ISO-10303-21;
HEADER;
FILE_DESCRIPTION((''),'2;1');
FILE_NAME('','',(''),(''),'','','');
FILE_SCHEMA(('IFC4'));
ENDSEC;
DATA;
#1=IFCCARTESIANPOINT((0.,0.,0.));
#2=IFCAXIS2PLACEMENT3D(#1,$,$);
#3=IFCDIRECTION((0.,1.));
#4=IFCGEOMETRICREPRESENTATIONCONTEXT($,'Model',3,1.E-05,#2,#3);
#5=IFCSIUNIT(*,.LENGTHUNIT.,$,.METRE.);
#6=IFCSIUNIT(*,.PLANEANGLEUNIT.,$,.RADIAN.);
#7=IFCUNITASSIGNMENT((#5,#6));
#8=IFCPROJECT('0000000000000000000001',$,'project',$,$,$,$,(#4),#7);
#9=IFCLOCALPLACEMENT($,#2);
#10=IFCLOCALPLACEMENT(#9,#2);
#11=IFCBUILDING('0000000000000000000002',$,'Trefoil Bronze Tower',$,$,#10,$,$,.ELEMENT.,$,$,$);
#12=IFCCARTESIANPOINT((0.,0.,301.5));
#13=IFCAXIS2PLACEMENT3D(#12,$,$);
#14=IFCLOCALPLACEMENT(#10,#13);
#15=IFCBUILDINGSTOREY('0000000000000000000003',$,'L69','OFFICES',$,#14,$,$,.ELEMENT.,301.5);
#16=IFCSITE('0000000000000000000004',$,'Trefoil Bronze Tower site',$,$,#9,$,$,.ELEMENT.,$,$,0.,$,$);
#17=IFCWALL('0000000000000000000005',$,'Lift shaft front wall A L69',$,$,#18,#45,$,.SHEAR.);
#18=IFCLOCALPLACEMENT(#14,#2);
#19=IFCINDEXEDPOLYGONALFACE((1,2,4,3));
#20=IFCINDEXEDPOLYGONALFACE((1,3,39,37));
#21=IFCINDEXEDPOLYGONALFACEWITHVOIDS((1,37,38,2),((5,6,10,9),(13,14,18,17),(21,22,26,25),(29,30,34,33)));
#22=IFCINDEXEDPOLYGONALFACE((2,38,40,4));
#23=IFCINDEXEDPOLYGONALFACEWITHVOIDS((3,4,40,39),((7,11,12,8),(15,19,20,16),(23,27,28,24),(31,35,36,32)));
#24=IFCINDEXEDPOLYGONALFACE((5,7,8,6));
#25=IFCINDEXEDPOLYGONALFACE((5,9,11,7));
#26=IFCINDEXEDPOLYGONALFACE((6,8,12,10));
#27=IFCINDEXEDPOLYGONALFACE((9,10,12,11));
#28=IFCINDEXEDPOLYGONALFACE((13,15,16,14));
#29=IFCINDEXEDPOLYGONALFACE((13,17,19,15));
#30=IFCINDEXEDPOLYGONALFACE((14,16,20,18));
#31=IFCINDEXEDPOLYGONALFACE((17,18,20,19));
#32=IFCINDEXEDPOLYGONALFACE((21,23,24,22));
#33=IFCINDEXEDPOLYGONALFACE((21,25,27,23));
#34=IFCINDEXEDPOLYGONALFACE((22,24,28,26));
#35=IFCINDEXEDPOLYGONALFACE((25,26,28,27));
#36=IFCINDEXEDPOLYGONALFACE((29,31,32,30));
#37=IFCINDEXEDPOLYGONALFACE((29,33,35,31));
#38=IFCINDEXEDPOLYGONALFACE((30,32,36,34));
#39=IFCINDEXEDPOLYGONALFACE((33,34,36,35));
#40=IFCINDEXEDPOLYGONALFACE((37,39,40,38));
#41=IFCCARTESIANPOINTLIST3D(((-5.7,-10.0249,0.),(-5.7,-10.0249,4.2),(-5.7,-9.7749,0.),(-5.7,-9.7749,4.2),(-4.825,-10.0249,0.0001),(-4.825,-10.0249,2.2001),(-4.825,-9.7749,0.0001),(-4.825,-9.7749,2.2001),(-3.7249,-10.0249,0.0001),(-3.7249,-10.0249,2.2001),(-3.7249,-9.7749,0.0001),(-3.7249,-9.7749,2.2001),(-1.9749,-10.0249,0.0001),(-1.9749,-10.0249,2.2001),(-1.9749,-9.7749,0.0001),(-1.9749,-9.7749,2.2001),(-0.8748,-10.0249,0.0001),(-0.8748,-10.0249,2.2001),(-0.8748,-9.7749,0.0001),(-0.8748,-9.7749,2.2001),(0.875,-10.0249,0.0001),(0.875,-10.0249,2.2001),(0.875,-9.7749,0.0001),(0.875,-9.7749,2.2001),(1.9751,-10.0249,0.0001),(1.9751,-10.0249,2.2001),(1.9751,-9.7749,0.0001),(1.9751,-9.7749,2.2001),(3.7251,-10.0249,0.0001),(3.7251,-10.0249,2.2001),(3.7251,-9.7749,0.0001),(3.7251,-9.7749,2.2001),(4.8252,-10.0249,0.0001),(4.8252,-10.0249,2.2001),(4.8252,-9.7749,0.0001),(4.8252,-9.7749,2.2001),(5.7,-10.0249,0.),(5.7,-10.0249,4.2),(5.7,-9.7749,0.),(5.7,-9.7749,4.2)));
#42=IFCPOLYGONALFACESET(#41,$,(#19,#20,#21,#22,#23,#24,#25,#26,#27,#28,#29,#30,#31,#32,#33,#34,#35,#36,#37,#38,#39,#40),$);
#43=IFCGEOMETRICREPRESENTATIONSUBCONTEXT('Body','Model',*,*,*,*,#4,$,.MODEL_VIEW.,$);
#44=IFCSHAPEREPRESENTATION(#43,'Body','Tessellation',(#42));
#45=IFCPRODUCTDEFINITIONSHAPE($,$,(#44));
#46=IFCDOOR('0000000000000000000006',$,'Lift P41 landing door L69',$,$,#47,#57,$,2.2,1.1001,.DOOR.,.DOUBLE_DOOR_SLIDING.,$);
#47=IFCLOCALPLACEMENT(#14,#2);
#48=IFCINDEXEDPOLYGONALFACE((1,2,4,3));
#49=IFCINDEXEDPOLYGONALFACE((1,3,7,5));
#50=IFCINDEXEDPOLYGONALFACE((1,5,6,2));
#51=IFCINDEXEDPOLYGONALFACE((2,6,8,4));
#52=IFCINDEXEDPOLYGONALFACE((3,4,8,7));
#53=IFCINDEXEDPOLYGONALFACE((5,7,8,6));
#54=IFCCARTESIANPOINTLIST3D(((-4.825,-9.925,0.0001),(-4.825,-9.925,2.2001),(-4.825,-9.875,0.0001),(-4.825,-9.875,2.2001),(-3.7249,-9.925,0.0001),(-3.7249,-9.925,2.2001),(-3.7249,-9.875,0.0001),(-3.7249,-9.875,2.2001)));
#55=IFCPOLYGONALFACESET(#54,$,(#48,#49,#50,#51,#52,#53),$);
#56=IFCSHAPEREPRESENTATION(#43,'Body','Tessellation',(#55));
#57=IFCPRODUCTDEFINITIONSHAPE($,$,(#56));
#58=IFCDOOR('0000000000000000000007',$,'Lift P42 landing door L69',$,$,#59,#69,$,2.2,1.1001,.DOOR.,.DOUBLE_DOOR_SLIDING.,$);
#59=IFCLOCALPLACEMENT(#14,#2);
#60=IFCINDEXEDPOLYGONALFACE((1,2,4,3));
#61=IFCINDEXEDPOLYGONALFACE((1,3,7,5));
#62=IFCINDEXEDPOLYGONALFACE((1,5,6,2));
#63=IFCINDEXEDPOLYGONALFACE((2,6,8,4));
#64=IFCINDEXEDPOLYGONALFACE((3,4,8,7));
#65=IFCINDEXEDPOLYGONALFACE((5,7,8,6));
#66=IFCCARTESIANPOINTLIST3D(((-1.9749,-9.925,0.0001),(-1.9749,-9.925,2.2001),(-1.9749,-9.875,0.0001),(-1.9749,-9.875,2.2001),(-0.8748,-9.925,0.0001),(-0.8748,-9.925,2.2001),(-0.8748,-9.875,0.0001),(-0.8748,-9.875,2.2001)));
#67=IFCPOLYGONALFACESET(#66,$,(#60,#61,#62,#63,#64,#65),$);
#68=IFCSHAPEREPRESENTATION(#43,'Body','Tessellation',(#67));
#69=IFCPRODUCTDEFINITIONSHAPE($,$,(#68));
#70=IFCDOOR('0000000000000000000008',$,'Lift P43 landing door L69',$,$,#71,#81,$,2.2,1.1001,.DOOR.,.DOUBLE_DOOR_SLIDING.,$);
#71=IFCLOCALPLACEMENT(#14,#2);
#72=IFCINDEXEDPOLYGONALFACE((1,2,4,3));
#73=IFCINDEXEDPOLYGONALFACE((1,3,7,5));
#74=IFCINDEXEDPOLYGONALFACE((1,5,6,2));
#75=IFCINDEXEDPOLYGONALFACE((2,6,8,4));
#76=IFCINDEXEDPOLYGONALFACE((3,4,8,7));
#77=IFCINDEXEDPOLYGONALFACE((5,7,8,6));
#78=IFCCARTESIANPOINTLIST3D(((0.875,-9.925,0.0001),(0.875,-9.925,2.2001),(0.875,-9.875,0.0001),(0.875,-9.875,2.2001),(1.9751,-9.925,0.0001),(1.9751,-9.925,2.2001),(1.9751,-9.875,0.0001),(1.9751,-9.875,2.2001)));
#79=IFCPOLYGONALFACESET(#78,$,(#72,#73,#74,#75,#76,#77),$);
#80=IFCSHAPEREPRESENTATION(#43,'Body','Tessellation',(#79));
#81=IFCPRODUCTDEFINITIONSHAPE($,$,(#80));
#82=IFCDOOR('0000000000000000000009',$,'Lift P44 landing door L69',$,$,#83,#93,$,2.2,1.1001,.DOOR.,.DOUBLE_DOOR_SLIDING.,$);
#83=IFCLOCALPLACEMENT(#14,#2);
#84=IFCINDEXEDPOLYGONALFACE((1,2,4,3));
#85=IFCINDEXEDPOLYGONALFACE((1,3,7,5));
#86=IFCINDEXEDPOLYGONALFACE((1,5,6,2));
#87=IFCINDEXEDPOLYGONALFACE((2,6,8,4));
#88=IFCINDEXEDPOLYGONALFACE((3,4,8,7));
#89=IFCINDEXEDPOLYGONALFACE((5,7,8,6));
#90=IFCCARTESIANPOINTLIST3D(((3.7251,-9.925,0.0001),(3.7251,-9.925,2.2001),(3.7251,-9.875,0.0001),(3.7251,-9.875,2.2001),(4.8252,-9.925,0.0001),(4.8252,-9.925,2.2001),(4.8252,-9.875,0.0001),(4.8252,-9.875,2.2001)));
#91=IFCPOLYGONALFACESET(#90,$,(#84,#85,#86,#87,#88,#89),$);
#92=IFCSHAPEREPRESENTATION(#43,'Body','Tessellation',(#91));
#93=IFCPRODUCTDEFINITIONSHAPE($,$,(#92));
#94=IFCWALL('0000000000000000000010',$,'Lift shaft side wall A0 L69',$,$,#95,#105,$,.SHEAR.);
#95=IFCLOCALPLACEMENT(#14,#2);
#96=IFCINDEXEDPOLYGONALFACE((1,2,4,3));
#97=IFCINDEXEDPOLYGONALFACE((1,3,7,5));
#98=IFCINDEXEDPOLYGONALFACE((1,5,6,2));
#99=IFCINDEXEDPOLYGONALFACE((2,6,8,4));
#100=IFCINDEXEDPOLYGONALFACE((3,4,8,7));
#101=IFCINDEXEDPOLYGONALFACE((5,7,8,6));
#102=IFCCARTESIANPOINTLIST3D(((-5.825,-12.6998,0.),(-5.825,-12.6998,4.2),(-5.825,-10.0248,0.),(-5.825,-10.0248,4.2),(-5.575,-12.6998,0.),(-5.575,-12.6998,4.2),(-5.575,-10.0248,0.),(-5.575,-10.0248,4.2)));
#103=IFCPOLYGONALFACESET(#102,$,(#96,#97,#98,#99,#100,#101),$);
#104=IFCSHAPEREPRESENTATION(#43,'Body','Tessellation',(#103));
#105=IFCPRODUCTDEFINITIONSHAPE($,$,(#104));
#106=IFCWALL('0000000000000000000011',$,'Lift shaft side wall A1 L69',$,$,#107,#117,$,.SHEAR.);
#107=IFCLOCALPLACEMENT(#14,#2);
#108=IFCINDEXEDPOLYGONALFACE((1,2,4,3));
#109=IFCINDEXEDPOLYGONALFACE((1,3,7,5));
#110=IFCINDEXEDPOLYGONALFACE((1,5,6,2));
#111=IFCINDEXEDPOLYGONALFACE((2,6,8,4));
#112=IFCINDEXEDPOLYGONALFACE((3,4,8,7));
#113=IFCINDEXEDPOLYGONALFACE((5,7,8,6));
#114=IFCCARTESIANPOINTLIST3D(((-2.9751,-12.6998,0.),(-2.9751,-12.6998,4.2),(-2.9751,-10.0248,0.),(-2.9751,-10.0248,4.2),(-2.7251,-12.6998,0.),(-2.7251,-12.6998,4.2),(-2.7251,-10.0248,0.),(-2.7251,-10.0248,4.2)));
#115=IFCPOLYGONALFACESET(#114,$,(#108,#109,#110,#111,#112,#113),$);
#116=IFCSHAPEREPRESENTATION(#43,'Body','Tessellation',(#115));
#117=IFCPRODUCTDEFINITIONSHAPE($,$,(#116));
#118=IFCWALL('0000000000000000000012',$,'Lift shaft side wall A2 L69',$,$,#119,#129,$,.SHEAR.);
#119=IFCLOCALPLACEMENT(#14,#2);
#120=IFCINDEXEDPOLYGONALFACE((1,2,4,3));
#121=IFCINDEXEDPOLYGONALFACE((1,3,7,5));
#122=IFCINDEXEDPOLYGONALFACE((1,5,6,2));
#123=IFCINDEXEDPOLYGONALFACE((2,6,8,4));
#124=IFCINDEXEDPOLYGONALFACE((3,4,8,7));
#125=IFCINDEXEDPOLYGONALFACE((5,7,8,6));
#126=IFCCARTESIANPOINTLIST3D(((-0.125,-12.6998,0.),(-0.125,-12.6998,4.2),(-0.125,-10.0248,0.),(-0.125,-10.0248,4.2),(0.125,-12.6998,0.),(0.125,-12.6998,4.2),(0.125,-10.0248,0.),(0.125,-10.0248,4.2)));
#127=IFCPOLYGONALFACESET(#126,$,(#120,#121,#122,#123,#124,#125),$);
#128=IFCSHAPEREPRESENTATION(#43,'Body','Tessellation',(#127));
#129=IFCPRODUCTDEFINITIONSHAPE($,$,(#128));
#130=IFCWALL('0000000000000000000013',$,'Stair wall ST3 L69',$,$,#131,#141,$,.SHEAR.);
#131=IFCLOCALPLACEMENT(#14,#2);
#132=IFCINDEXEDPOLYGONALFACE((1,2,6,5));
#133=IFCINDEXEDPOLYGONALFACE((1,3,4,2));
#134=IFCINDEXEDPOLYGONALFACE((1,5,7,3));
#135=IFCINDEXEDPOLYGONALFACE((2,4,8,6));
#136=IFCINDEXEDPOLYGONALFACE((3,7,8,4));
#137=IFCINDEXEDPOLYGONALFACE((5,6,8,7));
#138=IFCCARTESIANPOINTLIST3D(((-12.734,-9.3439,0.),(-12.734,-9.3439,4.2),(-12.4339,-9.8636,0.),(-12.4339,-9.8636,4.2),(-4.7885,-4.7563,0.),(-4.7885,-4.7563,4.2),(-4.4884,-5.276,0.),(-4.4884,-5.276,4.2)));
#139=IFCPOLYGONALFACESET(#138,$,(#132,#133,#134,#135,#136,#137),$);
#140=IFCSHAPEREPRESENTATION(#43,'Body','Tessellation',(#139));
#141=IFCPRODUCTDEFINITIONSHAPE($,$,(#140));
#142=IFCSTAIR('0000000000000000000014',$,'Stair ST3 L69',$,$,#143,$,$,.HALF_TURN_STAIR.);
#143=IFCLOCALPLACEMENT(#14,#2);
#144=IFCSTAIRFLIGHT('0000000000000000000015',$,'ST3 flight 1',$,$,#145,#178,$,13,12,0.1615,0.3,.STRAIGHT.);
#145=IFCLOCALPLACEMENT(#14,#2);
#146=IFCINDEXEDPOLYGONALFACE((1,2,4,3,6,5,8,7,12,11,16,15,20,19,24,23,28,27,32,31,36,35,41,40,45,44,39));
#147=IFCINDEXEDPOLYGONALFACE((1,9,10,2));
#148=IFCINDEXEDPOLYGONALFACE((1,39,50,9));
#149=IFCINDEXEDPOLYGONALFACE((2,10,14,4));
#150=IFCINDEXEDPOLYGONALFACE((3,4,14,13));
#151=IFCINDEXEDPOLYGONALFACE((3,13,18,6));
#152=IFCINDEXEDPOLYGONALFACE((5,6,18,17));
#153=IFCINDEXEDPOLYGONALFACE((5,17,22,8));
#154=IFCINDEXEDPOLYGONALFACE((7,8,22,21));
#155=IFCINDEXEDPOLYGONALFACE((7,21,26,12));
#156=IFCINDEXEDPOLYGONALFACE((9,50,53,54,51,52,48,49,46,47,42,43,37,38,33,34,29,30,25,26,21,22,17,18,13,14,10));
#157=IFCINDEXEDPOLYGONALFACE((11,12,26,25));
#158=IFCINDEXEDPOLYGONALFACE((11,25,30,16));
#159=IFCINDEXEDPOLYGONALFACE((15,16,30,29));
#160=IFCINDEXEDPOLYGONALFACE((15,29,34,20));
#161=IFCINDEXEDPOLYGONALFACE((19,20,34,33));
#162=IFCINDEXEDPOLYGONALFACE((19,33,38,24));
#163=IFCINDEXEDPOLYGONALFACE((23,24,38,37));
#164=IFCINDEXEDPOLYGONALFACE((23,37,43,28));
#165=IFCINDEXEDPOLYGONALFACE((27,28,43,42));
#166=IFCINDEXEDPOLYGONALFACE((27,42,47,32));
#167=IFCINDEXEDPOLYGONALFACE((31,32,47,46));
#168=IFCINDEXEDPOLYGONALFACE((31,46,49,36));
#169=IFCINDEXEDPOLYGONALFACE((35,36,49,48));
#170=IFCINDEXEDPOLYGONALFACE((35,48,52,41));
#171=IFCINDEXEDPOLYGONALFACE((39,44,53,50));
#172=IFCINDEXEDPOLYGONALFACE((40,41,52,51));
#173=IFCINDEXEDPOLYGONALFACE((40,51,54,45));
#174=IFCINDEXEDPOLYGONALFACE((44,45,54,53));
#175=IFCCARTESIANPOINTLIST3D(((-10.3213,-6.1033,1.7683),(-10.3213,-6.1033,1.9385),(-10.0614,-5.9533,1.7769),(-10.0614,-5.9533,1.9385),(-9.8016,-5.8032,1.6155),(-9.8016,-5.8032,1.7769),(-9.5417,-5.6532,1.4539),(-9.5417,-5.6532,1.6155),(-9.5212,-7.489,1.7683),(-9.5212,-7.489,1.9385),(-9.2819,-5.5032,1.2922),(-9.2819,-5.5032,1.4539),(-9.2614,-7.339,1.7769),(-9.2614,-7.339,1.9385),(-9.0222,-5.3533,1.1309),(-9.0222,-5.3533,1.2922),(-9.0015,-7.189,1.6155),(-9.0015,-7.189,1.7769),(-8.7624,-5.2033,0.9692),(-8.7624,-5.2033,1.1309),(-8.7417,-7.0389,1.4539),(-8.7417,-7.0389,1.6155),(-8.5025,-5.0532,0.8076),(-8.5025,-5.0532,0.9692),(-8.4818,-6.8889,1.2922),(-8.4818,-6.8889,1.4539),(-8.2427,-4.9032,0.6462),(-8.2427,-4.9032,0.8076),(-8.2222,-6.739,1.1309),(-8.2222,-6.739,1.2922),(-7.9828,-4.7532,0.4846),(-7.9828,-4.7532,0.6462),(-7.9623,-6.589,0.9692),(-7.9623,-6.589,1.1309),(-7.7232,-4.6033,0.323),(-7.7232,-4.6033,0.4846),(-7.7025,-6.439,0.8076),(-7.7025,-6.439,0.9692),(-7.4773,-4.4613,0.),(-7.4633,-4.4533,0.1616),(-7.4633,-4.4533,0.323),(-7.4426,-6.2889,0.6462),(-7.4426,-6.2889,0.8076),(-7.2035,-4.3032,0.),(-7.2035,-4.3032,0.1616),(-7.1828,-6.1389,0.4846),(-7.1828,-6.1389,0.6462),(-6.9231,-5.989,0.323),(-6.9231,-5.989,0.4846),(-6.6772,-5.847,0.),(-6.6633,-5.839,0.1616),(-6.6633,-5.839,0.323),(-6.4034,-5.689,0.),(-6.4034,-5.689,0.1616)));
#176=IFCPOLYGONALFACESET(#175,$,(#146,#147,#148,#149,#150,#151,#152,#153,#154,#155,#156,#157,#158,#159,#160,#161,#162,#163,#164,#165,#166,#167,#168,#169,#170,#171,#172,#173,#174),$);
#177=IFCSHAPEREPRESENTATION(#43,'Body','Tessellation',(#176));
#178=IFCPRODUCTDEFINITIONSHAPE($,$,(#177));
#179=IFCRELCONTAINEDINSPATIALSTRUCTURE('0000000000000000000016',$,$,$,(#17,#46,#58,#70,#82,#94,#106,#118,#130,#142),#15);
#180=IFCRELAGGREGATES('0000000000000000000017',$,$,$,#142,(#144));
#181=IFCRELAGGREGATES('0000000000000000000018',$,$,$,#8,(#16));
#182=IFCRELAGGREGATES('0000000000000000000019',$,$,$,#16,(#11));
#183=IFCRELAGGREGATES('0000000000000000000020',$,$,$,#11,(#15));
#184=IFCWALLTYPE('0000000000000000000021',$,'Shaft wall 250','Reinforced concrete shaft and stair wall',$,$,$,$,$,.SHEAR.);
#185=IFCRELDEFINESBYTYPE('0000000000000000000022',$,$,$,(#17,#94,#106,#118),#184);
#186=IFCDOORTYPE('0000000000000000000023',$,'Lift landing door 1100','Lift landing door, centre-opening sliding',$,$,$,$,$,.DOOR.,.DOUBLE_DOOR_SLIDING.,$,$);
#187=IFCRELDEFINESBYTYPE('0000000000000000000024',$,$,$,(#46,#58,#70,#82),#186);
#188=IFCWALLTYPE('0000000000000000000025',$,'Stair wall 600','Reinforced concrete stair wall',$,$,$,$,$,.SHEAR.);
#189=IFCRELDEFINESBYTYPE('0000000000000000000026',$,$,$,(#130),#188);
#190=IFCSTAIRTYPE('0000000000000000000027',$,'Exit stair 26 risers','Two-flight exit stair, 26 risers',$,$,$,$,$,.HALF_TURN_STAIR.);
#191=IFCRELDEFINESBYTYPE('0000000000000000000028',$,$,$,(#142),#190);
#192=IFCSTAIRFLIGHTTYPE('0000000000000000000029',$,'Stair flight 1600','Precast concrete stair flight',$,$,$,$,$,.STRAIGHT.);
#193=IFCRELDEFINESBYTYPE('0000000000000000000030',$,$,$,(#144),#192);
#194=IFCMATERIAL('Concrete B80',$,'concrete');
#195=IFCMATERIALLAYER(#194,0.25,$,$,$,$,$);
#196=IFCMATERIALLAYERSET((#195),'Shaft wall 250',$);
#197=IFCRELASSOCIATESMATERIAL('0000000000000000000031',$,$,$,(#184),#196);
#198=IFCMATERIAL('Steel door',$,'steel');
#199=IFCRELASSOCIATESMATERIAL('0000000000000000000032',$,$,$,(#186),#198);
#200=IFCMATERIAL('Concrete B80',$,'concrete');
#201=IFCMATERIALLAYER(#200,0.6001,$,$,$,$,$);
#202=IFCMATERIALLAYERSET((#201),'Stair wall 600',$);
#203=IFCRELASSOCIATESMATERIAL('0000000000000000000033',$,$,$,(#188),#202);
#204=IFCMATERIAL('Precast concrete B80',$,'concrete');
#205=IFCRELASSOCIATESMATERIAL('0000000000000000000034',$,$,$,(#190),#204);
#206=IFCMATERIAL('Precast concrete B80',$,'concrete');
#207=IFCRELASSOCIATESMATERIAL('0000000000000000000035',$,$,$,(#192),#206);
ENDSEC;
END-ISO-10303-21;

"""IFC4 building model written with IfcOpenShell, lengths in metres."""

from ifc_helpers import new_model, si_unit, direction, frame, frame_2d, origin, place, context, subcontext, project, spatial, polyline, rectangle, outline, extrude, material, layer, layer_set, type_object, element, fill, aggregate, save


model = new_model("IFC4")

# Units and contexts
model_context = context("Model", 3, precision=1e-05, world=origin(), true_north=direction((0.0, 1.0)))
body_context = subcontext(model_context, "Body", "Model", "MODEL_VIEW")
ifc_project = project(units=[si_unit("LENGTHUNIT", "METRE"), si_unit("PLANEANGLEUNIT", "RADIAN")], contexts=[model_context])

# Site, building, storey
site_placement = place(None, origin())
site = spatial("IfcSite", under=ifc_project, at=site_placement, Name="Trefoil Bronze Tower site", CompositionType="ELEMENT", RefElevation=0.0)
building_placement = place(site_placement, origin())
building = spatial("IfcBuilding", under=site, at=building_placement, Name="Trefoil Bronze Tower", CompositionType="ELEMENT")
storey_placement = place(building_placement, frame((0.0, 0.0, 301.5)))
storey = spatial("IfcBuildingStorey", under=building, at=storey_placement, Name="L69", Description="OFFICES", CompositionType="ELEMENT", Elevation=301.5)

# Wall, openings, doors
ifc_material_1 = material(Name="Concrete B80", Category="concrete")
ifc_layer_1 = layer(ifc_material_1, 0.25)
ifc_layer_set_1 = layer_set([ifc_layer_1], Name="Shaft wall 250")
wall_type_1 = type_object("IfcWallType", Name="Shaft wall 250", Description="Reinforced concrete shaft and stair wall", PredefinedType="SHEAR", material=ifc_layer_set_1)
wall_1_placement = place(storey_placement, frame((-5.7, -9.8999, 0.0), z_axis=(0.0, 0.0, 1.0), x_axis=(1.0, 0.0, 0.0)))
wall_1 = element("IfcWall", 1, at=wall_1_placement, inside=storey, type_object=wall_type_1, Name="Lift shaft front wall A L69", PredefinedType="SHEAR", context=body_context, shape_type="SweptSolid", body=[
    extrude(rectangle(XDim=11.3999, YDim=0.25, at=frame_2d((5.7, 0.0))), origin(), (0.0, 0.0, 1.0), 4.2),
])
opening_1_placement = place(wall_1_placement, frame((0.875, 0.0, 0.0)))
opening_1 = element("IfcOpeningElement", 2, at=opening_1_placement, cuts=wall_1, PredefinedType="OPENING", context=body_context, shape_type="SweptSolid", body=[
    extrude(rectangle(XDim=1.1001, YDim=2.2, at=frame_2d((0.55, 1.1001))), frame((0.0, 0.135, 0.0), z_axis=(0.0, -1.0, 0.0), x_axis=(1.0, 0.0, 0.0)), (0.0, 0.0, 1.0), 0.27),
])
opening_2_placement = place(wall_1_placement, frame((3.7251, 0.0, 0.0)))
opening_2 = element("IfcOpeningElement", 3, at=opening_2_placement, cuts=wall_1, PredefinedType="OPENING", context=body_context, shape_type="SweptSolid", body=[
    extrude(rectangle(XDim=1.1001, YDim=2.2, at=frame_2d((0.55, 1.1001))), frame((0.0, 0.135, 0.0), z_axis=(0.0, -1.0, 0.0), x_axis=(1.0, 0.0, 0.0)), (0.0, 0.0, 1.0), 0.27),
])
opening_3_placement = place(wall_1_placement, frame((6.575, 0.0, 0.0)))
opening_3 = element("IfcOpeningElement", 4, at=opening_3_placement, cuts=wall_1, PredefinedType="OPENING", context=body_context, shape_type="SweptSolid", body=[
    extrude(rectangle(XDim=1.1001, YDim=2.2, at=frame_2d((0.55, 1.1001))), frame((0.0, 0.135, 0.0), z_axis=(0.0, -1.0, 0.0), x_axis=(1.0, 0.0, 0.0)), (0.0, 0.0, 1.0), 0.27),
])
opening_4_placement = place(wall_1_placement, frame((9.425, 0.0, 0.0)))
opening_4 = element("IfcOpeningElement", 5, at=opening_4_placement, cuts=wall_1, PredefinedType="OPENING", context=body_context, shape_type="SweptSolid", body=[
    extrude(rectangle(XDim=1.1001, YDim=2.2, at=frame_2d((0.55, 1.1001))), frame((0.0, 0.135, 0.0), z_axis=(0.0, -1.0, 0.0), x_axis=(1.0, 0.0, 0.0)), (0.0, 0.0, 1.0), 0.27),
])
ifc_material_2 = material(Name="Steel door", Category="steel")
door_type_1 = type_object("IfcDoorType", Name="Lift landing door 1100", Description="Lift landing door, centre-opening sliding", OperationType="DOUBLE_DOOR_SLIDING", PredefinedType="DOOR", material=ifc_material_2)
door_1_placement = place(opening_1_placement, origin())
door_1 = element("IfcDoor", 6, at=door_1_placement, inside=storey, type_object=door_type_1, Name="Lift P41 landing door L69", OperationType="DOUBLE_DOOR_SLIDING", OverallHeight=2.2, OverallWidth=1.1001, PredefinedType="DOOR", context=body_context, shape_type="SweptSolid", body=[
    extrude(rectangle(XDim=1.1001, YDim=2.2, at=frame_2d((0.55, 1.1001))), frame((0.0, 0.0249, 0.0), z_axis=(0.0, -1.0, 0.0), x_axis=(1.0, 0.0, 0.0)), (0.0, 0.0, 1.0), 0.05),
])
fill(opening_1, door_1)
door_2_placement = place(opening_2_placement, origin())
door_2 = element("IfcDoor", 7, at=door_2_placement, inside=storey, type_object=door_type_1, Name="Lift P42 landing door L69", OperationType="DOUBLE_DOOR_SLIDING", OverallHeight=2.2, OverallWidth=1.1001, PredefinedType="DOOR", context=body_context, shape_type="SweptSolid", body=[
    extrude(rectangle(XDim=1.1001, YDim=2.2, at=frame_2d((0.55, 1.1001))), frame((0.0, 0.0249, 0.0), z_axis=(0.0, -1.0, 0.0), x_axis=(1.0, 0.0, 0.0)), (0.0, 0.0, 1.0), 0.05),
])
fill(opening_2, door_2)
door_3_placement = place(opening_3_placement, origin())
door_3 = element("IfcDoor", 8, at=door_3_placement, inside=storey, type_object=door_type_1, Name="Lift P43 landing door L69", OperationType="DOUBLE_DOOR_SLIDING", OverallHeight=2.2, OverallWidth=1.1001, PredefinedType="DOOR", context=body_context, shape_type="SweptSolid", body=[
    extrude(rectangle(XDim=1.1001, YDim=2.2, at=frame_2d((0.55, 1.1001))), frame((0.0, 0.0249, 0.0), z_axis=(0.0, -1.0, 0.0), x_axis=(1.0, 0.0, 0.0)), (0.0, 0.0, 1.0), 0.05),
])
fill(opening_3, door_3)
door_4_placement = place(opening_4_placement, origin())
door_4 = element("IfcDoor", 9, at=door_4_placement, inside=storey, type_object=door_type_1, Name="Lift P44 landing door L69", OperationType="DOUBLE_DOOR_SLIDING", OverallHeight=2.2, OverallWidth=1.1001, PredefinedType="DOOR", context=body_context, shape_type="SweptSolid", body=[
    extrude(rectangle(XDim=1.1001, YDim=2.2, at=frame_2d((0.55, 1.1001))), frame((0.0, 0.0249, 0.0), z_axis=(0.0, -1.0, 0.0), x_axis=(1.0, 0.0, 0.0)), (0.0, 0.0, 1.0), 0.05),
])
fill(opening_4, door_4)

# Walls
for number, where, z_axis, x_axis, name in (
    (10, (-5.7, -10.0249, 0.0), (0.0, 0.0, 1.0), (0.0, -1.0, 0.0), "Lift shaft side wall A0 L69"),
    (11, (-2.8501, -10.0249, 0.0), (0.0, 0.0, 1.0), (0.0, -1.0, 0.0), "Lift shaft side wall A1 L69"),
    (12, (0.0, -10.0249, 0.0), (0.0, 0.0, 1.0), (0.0, -1.0, 0.0), "Lift shaft side wall A2 L69"),
):
    element("IfcWall", number, at=place(storey_placement, frame(where, z_axis=z_axis, x_axis=x_axis)), inside=storey, type_object=wall_type_1, Name=name, PredefinedType="SHEAR", context=body_context, shape_type="SweptSolid", body=[
        extrude(rectangle(XDim=2.675, YDim=0.25, at=frame_2d((1.3374, 0.0))), origin(), (0.0, 0.0, 1.0), 4.2),
    ])
ifc_material_3 = material(Name="Concrete B80", Category="concrete")
ifc_layer_2 = layer(ifc_material_3, 0.6001)
ifc_layer_set_2 = layer_set([ifc_layer_2], Name="Stair wall 600")
wall_type_2 = type_object("IfcWallType", Name="Stair wall 600", Description="Reinforced concrete stair wall", PredefinedType="SHEAR", material=ifc_layer_set_2)
wall_2_placement = place(storey_placement, frame((-4.6384, -5.0161, 0.0), z_axis=(0.0, 0.0, 1.0), x_axis=(-0.866012, -0.500023, 0.0)))
element("IfcWall", 13, at=wall_2_placement, inside=storey, type_object=wall_type_2, Name="Stair wall ST3 L69", PredefinedType="SHEAR", context=body_context, shape_type="SweptSolid", body=[
    extrude(rectangle(XDim=9.1748, YDim=0.6001, at=frame_2d((4.5874, 0.0))), origin(), (0.0, 0.0, 1.0), 4.2),
])

# Stair, stair flight
ifc_material_4 = material(Name="Precast concrete B80", Category="concrete")
stair_type = type_object("IfcStairType", Name="Exit stair 26 risers", Description="Two-flight exit stair, 26 risers", PredefinedType="HALF_TURN_STAIR", material=ifc_material_4)
stair_placement = place(storey_placement, origin())
stair = element("IfcStair", 14, at=stair_placement, inside=storey, type_object=stair_type, Name="Stair ST3 L69", PredefinedType="HALF_TURN_STAIR")
ifc_material_5 = material(Name="Precast concrete B80", Category="concrete")
stair_flight_type = type_object("IfcStairFlightType", Name="Stair flight 1600", Description="Precast concrete stair flight", PredefinedType="STRAIGHT", material=ifc_material_5)
stair_flight_1_placement = place(storey_placement, frame((-6.8035, -4.9961, 0.0), z_axis=(0.0, 0.0, 1.0), x_axis=(-0.866025, -0.5, 0.0)))
stair_flight_1 = element("IfcStairFlight", 15, at=stair_flight_1_placement, type_object=stair_flight_type, Name="ST3 flight 1", NumberOfRisers=13, NumberOfTreads=12, PredefinedType="STRAIGHT", RiserHeight=0.1615, TreadLength=0.3, context=body_context, shape_type="SweptSolid", body=[
    extrude(outline(polyline([(0.0, 0.0), (0.0, 0.1616), (0.3, 0.1616), (0.3, 0.323), (0.6001, 0.323), (0.6001, 0.4846), (0.8999, 0.4846), (0.8999, 0.6462), (1.2, 0.6462), (1.2, 0.8076), (1.5, 0.8076), (1.5, 0.9692), (1.8, 0.9692), (1.8, 1.1309), (2.1001, 1.1309), (2.1001, 1.2922), (2.3999, 1.2922), (2.3999, 1.4539), (2.7, 1.4539), (2.7, 1.6155), (3.0, 1.6155), (3.0, 1.7769), (3.3, 1.7769), (3.3, 1.9385), (3.6001, 1.9385), (3.6001, 2.1001), (3.6001, 1.7683), (0.3162, 0.0), (0.0, 0.0)])), frame((0.0, 0.8, 0.0), z_axis=(0.0, -1.0, 0.0), x_axis=(1.0, 0.0, 0.0)), (0.0, 0.0, 1.0), 1.6001),
])
aggregate(stair, [stair_flight_1])

save(model, "model.ifc")
